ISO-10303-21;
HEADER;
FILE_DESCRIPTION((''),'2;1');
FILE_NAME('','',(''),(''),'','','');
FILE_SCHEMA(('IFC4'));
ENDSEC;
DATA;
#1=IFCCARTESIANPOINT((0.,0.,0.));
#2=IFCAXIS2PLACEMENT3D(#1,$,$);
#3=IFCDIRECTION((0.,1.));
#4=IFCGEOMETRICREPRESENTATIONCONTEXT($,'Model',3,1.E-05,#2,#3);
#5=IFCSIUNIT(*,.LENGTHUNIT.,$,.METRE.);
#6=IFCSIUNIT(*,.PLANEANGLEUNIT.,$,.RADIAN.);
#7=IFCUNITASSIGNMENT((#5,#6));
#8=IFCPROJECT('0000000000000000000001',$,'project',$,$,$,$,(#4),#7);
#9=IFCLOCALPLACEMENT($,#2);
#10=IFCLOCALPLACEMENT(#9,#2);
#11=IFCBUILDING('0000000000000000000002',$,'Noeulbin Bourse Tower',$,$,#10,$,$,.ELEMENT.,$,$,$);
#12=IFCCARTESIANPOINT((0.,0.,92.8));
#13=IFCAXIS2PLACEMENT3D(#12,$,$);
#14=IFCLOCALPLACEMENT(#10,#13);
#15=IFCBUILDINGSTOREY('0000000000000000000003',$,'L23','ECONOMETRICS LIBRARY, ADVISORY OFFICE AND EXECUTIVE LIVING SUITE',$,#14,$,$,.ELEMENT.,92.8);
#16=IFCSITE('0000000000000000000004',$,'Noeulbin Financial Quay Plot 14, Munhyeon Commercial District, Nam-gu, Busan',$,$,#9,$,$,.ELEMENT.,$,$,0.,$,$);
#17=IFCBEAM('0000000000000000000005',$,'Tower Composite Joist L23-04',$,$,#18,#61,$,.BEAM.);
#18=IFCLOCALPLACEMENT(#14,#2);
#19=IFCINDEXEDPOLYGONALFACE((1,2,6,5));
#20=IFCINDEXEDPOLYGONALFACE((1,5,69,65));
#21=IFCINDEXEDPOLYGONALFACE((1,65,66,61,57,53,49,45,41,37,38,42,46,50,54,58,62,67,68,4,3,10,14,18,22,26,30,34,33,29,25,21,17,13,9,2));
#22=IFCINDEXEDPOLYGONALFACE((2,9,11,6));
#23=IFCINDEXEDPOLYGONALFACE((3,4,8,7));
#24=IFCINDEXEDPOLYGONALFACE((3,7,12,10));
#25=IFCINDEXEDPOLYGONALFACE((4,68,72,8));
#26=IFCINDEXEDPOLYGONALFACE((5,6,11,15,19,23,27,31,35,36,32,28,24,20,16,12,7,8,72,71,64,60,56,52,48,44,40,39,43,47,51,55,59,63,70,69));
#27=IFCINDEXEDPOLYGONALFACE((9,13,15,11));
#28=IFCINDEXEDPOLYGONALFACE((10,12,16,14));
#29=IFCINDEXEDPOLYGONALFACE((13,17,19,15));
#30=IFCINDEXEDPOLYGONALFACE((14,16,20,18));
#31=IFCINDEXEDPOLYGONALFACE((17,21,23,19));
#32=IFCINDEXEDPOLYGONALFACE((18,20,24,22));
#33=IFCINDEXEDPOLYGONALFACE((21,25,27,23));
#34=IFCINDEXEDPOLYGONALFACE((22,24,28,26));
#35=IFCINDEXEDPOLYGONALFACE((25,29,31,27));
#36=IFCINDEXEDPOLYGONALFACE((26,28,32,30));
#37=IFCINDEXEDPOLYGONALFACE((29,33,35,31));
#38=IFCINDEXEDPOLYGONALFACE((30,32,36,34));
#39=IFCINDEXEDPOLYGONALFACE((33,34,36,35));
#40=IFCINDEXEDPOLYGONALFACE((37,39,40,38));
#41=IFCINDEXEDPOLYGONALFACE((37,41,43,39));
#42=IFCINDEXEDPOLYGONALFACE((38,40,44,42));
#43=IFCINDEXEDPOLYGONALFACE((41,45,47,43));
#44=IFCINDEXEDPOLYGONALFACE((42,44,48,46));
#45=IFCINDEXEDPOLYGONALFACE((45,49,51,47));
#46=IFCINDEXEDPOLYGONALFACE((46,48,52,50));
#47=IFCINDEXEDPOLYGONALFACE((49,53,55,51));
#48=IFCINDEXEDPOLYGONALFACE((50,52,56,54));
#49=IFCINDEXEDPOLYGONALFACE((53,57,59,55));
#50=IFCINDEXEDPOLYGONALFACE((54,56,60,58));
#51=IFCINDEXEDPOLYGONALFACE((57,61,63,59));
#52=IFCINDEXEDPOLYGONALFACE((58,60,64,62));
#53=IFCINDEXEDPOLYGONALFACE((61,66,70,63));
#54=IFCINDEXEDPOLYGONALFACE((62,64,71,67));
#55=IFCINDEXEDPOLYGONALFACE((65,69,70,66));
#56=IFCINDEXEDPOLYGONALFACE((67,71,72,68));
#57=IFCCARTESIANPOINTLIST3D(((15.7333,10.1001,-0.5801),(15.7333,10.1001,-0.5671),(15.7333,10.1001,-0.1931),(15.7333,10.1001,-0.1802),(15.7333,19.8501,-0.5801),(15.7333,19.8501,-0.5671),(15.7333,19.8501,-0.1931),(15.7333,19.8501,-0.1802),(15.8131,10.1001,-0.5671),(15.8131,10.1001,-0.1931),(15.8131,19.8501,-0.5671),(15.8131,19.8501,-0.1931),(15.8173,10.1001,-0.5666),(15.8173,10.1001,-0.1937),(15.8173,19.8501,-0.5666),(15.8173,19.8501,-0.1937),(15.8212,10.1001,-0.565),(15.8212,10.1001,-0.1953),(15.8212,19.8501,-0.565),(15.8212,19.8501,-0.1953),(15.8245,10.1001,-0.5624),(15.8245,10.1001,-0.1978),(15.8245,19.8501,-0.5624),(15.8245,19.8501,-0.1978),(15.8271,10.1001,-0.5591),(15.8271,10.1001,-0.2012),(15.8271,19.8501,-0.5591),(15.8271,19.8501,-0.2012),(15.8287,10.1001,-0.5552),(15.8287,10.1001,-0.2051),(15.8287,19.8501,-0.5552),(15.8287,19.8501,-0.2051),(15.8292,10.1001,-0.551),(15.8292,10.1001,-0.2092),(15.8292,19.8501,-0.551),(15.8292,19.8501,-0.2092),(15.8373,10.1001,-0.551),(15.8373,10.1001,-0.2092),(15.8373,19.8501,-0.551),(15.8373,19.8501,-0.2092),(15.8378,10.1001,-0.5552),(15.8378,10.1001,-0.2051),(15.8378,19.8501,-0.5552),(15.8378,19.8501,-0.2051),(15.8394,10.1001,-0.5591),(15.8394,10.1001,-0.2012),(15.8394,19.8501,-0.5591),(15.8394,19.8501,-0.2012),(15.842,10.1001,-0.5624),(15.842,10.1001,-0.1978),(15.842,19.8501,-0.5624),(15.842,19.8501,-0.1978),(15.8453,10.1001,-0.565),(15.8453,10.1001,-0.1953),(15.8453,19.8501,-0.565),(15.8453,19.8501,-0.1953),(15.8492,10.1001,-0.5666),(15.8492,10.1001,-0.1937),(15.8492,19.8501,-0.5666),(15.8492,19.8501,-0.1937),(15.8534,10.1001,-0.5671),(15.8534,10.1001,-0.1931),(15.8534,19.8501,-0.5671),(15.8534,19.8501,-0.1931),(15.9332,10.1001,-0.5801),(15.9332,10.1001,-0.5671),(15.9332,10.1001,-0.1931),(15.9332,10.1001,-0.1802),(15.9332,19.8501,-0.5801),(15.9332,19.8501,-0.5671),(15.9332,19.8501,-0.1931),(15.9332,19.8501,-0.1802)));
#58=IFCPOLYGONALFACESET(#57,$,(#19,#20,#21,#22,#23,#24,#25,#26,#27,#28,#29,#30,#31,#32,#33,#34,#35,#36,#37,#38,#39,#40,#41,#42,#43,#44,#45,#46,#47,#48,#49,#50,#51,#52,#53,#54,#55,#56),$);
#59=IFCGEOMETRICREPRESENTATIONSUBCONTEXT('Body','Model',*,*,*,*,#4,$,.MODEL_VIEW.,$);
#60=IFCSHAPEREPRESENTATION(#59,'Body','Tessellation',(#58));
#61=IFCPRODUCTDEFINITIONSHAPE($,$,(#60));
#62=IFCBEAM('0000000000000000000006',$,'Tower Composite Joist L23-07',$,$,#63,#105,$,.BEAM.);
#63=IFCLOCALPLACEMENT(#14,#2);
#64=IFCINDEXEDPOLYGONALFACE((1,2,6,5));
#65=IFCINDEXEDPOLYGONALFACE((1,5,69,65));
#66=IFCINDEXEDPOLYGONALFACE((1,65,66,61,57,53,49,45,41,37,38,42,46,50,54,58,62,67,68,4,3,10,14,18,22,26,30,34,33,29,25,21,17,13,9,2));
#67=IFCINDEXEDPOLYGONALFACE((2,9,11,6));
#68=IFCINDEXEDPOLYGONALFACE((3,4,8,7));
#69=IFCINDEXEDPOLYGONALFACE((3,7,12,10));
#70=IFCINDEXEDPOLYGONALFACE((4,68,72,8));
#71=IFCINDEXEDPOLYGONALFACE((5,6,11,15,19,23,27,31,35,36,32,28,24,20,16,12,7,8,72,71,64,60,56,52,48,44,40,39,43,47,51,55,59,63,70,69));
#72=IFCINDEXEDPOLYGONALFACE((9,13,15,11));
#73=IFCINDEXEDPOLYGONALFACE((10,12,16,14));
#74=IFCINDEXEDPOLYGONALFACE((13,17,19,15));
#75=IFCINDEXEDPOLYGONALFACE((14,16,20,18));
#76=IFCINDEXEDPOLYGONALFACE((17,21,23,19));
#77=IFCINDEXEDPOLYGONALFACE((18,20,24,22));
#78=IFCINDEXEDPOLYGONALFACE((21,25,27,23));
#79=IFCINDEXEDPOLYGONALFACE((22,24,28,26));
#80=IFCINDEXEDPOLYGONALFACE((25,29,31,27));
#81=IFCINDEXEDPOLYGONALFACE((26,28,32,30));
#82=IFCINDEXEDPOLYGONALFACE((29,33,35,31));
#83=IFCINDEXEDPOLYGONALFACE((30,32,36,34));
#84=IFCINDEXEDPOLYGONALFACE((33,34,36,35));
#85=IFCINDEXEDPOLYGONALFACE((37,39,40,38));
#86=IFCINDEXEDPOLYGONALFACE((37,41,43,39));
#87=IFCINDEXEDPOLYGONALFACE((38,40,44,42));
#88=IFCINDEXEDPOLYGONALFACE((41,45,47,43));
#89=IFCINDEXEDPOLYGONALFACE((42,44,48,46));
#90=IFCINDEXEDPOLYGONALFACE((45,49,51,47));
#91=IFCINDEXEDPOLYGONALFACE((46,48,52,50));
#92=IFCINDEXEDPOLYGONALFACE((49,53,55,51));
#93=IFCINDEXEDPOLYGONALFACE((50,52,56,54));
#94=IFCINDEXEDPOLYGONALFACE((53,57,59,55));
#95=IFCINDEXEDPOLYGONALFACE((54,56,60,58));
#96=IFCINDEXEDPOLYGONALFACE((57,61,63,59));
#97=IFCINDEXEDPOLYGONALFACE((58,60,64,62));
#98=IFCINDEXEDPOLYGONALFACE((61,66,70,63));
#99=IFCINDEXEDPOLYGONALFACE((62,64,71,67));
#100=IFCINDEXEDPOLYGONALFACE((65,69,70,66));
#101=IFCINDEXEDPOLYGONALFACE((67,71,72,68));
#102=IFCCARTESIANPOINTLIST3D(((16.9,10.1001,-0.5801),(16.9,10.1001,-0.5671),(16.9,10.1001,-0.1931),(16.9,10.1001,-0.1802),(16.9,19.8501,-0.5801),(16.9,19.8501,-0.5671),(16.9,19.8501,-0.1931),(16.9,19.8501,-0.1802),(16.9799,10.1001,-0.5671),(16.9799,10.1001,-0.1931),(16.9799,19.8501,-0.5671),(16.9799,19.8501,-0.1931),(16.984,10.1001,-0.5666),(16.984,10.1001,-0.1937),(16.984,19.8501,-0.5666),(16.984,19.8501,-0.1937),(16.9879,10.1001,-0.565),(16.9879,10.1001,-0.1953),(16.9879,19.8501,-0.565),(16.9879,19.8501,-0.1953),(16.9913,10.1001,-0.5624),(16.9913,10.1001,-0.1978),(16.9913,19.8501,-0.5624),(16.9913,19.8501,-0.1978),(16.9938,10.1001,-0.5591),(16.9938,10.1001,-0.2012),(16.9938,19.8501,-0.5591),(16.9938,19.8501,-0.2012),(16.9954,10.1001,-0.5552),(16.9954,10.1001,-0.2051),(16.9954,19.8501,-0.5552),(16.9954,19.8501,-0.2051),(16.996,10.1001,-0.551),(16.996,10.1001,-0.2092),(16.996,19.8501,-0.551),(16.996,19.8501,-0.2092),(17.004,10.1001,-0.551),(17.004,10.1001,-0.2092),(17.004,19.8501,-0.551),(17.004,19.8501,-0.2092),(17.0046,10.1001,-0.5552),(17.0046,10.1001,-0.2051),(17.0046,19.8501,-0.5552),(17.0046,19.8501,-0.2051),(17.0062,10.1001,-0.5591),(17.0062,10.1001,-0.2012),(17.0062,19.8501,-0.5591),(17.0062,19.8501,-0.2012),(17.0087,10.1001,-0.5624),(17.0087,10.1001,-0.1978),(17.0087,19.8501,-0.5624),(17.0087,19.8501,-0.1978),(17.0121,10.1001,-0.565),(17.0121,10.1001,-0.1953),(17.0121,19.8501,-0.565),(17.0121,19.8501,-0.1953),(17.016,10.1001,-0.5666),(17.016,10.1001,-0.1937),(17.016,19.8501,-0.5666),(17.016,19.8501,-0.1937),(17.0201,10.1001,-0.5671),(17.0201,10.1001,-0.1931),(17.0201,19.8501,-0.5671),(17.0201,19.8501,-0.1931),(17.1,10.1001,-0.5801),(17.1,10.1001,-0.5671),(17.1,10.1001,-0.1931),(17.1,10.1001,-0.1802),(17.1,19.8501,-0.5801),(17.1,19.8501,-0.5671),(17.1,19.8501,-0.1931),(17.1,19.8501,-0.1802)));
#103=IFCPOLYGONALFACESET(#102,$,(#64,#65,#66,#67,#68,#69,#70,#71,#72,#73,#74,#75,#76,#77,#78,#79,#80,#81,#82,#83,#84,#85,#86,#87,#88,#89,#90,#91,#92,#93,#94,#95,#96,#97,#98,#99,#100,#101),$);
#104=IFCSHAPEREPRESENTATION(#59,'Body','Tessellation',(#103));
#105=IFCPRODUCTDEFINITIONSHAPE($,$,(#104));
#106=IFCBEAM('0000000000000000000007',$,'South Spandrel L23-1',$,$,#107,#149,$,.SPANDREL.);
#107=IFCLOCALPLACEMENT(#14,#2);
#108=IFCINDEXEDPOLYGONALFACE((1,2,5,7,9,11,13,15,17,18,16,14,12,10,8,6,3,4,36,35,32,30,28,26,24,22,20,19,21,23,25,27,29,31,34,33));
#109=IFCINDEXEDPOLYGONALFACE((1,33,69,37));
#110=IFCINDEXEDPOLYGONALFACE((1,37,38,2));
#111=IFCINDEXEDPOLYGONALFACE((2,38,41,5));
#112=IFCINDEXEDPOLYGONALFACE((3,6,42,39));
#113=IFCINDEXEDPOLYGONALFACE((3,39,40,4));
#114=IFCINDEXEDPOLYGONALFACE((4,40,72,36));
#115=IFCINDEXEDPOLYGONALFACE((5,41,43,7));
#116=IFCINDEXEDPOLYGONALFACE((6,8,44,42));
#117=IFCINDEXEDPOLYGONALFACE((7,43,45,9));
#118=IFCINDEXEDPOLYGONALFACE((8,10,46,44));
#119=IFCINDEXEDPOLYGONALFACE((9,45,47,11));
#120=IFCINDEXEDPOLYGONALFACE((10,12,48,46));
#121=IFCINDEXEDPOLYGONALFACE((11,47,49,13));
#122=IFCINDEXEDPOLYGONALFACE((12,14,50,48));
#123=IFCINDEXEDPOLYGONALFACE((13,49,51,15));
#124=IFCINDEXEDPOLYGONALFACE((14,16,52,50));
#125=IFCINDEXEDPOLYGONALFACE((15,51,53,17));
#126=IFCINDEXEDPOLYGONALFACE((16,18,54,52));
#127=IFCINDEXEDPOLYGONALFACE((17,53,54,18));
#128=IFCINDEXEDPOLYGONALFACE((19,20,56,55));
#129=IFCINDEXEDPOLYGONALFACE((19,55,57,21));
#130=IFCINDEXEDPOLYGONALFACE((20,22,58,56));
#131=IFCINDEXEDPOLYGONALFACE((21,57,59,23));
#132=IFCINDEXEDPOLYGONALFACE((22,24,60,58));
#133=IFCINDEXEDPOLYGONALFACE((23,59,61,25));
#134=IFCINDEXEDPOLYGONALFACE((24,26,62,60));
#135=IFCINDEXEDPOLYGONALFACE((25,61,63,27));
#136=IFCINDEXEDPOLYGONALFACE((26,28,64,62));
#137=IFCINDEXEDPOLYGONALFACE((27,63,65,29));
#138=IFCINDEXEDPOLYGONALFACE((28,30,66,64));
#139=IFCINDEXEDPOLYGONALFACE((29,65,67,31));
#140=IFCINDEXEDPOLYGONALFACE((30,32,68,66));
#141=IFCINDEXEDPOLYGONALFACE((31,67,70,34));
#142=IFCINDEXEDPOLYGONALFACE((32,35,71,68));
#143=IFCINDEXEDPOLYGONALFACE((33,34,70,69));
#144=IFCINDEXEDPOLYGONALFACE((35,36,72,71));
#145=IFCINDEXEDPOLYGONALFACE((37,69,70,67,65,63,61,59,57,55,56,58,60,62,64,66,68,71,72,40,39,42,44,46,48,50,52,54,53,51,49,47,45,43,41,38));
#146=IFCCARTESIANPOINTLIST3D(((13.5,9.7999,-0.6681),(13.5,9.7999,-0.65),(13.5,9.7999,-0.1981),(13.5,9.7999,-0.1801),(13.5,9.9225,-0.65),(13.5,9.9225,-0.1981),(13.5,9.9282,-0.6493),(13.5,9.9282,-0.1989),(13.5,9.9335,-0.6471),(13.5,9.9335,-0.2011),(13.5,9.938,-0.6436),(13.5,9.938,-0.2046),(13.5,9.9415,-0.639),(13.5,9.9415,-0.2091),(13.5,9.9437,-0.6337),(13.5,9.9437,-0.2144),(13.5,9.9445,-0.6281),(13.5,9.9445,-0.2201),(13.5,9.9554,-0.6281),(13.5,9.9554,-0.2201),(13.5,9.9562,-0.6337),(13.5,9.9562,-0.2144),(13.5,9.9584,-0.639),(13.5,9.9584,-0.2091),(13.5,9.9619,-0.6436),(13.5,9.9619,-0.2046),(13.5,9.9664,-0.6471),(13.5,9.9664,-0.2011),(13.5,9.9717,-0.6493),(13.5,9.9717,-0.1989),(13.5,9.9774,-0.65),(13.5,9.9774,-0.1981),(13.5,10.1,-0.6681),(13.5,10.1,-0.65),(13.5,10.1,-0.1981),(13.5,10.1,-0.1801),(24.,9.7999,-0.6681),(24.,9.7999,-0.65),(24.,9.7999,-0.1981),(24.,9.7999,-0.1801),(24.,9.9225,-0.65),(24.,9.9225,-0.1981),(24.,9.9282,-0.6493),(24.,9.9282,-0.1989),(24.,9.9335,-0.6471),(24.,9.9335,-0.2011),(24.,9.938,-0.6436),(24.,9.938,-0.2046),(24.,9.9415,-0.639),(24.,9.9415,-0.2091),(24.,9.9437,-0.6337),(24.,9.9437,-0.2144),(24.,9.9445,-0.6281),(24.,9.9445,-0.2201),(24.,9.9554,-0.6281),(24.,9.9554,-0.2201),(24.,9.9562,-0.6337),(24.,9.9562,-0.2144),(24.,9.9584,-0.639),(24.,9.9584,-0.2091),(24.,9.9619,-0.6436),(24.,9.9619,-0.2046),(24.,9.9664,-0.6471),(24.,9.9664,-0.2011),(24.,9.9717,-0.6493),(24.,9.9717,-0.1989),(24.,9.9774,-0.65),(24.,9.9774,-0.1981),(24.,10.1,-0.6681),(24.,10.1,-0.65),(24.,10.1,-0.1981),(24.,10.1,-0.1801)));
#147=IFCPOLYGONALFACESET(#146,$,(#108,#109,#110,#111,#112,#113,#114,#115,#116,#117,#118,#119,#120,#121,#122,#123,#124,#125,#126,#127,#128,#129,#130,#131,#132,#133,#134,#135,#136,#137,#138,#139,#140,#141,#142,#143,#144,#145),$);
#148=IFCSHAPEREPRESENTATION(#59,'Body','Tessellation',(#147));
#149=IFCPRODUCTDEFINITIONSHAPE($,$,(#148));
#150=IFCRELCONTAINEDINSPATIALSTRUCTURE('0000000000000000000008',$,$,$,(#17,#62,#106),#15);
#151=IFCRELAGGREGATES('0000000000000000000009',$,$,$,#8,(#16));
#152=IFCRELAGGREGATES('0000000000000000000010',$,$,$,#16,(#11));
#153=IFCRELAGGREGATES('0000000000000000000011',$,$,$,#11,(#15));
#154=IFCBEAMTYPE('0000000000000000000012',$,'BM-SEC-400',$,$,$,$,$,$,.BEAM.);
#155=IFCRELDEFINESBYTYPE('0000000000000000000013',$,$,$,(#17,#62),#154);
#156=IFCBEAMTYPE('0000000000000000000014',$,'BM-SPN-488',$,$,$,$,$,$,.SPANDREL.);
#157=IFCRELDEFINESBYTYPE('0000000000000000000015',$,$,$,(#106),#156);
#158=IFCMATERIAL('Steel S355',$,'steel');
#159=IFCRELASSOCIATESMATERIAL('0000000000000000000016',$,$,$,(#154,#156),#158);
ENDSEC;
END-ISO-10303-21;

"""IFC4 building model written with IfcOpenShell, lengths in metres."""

from ifc_helpers import new_model, si_unit, direction, frame, origin, origin_2d, place, context, subcontext, project, spatial, i_section, extrude, material, material_profile, profile_set, type_object, element, save


model = new_model("IFC4")

# Units and contexts
model_context = context("Model", 3, precision=1e-05, world=origin(), true_north=direction((0.0, 1.0)))
body_context = subcontext(model_context, "Body", "Model", "MODEL_VIEW")
ifc_project = project(units=[si_unit("LENGTHUNIT", "METRE"), si_unit("PLANEANGLEUNIT", "RADIAN")], contexts=[model_context])

# Site, building, storey
site_placement = place(None, origin())
site = spatial("IfcSite", under=ifc_project, at=site_placement, Name="Noeulbin Financial Quay Plot 14, Munhyeon Commercial District, Nam-gu, Busan", CompositionType="ELEMENT", RefElevation=0.0)
building_placement = place(site_placement, origin())
building = spatial("IfcBuilding", under=site, at=building_placement, Name="Noeulbin Bourse Tower", CompositionType="ELEMENT")
storey_placement = place(building_placement, frame((0.0, 0.0, 92.8)))
storey = spatial("IfcBuildingStorey", under=building, at=storey_placement, Name="L23", Description="ECONOMETRICS LIBRARY, ADVISORY OFFICE AND EXECUTIVE LIVING SUITE", CompositionType="ELEMENT", Elevation=92.8)

# Beams
ifc_material_1 = material(Name="Steel S355", Category="steel")
ifc_material_profile_1 = material_profile(ifc_material_1, i_section(OverallWidth=0.2, OverallDepth=0.3999, WebThickness=0.0081, FlangeThickness=0.0129, FilletRadius=0.0161, at=origin_2d()), Name="H-400x200x8x13", Category="LoadBearing")
ifc_profile_set_1 = profile_set([ifc_material_profile_1], Name="Steel S355")
beam_type_1 = type_object("IfcBeamType", Name="BM-SEC-400", PredefinedType="BEAM", material=ifc_profile_set_1)
for number, where, z_axis, x_axis, name in (
    (1, (15.8333, 10.1001, -0.3801), (0.0, 1.0, 0.0), (-1.0, 0.0, 0.0), "Tower Composite Joist L23-04"),
    (2, (17.0, 10.1001, -0.3801), (0.0, 1.0, 0.0), (-1.0, 0.0, 0.0), "Tower Composite Joist L23-07"),
):
    element("IfcBeam", number, at=place(storey_placement, frame(where, z_axis=z_axis, x_axis=x_axis)), inside=storey, type_object=beam_type_1, Name=name, PredefinedType="BEAM", context=body_context, shape_type="SweptSolid", body=[
        extrude(i_section(OverallWidth=0.2, OverallDepth=0.3999, WebThickness=0.0081, FlangeThickness=0.0129, FilletRadius=0.0161, at=origin_2d()), origin(), (0.0, 0.0, 1.0), 9.75),
    ])
ifc_material_profile_2 = material_profile(ifc_material_1, i_section(OverallWidth=0.3, OverallDepth=0.488, WebThickness=0.011, FlangeThickness=0.0181, FilletRadius=0.022, at=origin_2d()), Name="H-488x300x11x18", Category="LoadBearing")
ifc_profile_set_2 = profile_set([ifc_material_profile_2], Name="Steel S355")
beam_type_2 = type_object("IfcBeamType", Name="BM-SPN-488", PredefinedType="SPANDREL", material=ifc_profile_set_2)
beam_1_placement = place(storey_placement, frame((13.5, 9.95, -0.4241), z_axis=(1.0, 0.0, 0.0), x_axis=(0.0, 1.0, 0.0)))
element("IfcBeam", 3, at=beam_1_placement, inside=storey, type_object=beam_type_2, Name="South Spandrel L23-1", PredefinedType="SPANDREL", context=body_context, shape_type="SweptSolid", body=[
    extrude(i_section(OverallWidth=0.3, OverallDepth=0.488, WebThickness=0.011, FlangeThickness=0.0181, FilletRadius=0.022, at=origin_2d()), origin(), (0.0, 0.0, 1.0), 10.5),
])

save(model, "model.ifc")
